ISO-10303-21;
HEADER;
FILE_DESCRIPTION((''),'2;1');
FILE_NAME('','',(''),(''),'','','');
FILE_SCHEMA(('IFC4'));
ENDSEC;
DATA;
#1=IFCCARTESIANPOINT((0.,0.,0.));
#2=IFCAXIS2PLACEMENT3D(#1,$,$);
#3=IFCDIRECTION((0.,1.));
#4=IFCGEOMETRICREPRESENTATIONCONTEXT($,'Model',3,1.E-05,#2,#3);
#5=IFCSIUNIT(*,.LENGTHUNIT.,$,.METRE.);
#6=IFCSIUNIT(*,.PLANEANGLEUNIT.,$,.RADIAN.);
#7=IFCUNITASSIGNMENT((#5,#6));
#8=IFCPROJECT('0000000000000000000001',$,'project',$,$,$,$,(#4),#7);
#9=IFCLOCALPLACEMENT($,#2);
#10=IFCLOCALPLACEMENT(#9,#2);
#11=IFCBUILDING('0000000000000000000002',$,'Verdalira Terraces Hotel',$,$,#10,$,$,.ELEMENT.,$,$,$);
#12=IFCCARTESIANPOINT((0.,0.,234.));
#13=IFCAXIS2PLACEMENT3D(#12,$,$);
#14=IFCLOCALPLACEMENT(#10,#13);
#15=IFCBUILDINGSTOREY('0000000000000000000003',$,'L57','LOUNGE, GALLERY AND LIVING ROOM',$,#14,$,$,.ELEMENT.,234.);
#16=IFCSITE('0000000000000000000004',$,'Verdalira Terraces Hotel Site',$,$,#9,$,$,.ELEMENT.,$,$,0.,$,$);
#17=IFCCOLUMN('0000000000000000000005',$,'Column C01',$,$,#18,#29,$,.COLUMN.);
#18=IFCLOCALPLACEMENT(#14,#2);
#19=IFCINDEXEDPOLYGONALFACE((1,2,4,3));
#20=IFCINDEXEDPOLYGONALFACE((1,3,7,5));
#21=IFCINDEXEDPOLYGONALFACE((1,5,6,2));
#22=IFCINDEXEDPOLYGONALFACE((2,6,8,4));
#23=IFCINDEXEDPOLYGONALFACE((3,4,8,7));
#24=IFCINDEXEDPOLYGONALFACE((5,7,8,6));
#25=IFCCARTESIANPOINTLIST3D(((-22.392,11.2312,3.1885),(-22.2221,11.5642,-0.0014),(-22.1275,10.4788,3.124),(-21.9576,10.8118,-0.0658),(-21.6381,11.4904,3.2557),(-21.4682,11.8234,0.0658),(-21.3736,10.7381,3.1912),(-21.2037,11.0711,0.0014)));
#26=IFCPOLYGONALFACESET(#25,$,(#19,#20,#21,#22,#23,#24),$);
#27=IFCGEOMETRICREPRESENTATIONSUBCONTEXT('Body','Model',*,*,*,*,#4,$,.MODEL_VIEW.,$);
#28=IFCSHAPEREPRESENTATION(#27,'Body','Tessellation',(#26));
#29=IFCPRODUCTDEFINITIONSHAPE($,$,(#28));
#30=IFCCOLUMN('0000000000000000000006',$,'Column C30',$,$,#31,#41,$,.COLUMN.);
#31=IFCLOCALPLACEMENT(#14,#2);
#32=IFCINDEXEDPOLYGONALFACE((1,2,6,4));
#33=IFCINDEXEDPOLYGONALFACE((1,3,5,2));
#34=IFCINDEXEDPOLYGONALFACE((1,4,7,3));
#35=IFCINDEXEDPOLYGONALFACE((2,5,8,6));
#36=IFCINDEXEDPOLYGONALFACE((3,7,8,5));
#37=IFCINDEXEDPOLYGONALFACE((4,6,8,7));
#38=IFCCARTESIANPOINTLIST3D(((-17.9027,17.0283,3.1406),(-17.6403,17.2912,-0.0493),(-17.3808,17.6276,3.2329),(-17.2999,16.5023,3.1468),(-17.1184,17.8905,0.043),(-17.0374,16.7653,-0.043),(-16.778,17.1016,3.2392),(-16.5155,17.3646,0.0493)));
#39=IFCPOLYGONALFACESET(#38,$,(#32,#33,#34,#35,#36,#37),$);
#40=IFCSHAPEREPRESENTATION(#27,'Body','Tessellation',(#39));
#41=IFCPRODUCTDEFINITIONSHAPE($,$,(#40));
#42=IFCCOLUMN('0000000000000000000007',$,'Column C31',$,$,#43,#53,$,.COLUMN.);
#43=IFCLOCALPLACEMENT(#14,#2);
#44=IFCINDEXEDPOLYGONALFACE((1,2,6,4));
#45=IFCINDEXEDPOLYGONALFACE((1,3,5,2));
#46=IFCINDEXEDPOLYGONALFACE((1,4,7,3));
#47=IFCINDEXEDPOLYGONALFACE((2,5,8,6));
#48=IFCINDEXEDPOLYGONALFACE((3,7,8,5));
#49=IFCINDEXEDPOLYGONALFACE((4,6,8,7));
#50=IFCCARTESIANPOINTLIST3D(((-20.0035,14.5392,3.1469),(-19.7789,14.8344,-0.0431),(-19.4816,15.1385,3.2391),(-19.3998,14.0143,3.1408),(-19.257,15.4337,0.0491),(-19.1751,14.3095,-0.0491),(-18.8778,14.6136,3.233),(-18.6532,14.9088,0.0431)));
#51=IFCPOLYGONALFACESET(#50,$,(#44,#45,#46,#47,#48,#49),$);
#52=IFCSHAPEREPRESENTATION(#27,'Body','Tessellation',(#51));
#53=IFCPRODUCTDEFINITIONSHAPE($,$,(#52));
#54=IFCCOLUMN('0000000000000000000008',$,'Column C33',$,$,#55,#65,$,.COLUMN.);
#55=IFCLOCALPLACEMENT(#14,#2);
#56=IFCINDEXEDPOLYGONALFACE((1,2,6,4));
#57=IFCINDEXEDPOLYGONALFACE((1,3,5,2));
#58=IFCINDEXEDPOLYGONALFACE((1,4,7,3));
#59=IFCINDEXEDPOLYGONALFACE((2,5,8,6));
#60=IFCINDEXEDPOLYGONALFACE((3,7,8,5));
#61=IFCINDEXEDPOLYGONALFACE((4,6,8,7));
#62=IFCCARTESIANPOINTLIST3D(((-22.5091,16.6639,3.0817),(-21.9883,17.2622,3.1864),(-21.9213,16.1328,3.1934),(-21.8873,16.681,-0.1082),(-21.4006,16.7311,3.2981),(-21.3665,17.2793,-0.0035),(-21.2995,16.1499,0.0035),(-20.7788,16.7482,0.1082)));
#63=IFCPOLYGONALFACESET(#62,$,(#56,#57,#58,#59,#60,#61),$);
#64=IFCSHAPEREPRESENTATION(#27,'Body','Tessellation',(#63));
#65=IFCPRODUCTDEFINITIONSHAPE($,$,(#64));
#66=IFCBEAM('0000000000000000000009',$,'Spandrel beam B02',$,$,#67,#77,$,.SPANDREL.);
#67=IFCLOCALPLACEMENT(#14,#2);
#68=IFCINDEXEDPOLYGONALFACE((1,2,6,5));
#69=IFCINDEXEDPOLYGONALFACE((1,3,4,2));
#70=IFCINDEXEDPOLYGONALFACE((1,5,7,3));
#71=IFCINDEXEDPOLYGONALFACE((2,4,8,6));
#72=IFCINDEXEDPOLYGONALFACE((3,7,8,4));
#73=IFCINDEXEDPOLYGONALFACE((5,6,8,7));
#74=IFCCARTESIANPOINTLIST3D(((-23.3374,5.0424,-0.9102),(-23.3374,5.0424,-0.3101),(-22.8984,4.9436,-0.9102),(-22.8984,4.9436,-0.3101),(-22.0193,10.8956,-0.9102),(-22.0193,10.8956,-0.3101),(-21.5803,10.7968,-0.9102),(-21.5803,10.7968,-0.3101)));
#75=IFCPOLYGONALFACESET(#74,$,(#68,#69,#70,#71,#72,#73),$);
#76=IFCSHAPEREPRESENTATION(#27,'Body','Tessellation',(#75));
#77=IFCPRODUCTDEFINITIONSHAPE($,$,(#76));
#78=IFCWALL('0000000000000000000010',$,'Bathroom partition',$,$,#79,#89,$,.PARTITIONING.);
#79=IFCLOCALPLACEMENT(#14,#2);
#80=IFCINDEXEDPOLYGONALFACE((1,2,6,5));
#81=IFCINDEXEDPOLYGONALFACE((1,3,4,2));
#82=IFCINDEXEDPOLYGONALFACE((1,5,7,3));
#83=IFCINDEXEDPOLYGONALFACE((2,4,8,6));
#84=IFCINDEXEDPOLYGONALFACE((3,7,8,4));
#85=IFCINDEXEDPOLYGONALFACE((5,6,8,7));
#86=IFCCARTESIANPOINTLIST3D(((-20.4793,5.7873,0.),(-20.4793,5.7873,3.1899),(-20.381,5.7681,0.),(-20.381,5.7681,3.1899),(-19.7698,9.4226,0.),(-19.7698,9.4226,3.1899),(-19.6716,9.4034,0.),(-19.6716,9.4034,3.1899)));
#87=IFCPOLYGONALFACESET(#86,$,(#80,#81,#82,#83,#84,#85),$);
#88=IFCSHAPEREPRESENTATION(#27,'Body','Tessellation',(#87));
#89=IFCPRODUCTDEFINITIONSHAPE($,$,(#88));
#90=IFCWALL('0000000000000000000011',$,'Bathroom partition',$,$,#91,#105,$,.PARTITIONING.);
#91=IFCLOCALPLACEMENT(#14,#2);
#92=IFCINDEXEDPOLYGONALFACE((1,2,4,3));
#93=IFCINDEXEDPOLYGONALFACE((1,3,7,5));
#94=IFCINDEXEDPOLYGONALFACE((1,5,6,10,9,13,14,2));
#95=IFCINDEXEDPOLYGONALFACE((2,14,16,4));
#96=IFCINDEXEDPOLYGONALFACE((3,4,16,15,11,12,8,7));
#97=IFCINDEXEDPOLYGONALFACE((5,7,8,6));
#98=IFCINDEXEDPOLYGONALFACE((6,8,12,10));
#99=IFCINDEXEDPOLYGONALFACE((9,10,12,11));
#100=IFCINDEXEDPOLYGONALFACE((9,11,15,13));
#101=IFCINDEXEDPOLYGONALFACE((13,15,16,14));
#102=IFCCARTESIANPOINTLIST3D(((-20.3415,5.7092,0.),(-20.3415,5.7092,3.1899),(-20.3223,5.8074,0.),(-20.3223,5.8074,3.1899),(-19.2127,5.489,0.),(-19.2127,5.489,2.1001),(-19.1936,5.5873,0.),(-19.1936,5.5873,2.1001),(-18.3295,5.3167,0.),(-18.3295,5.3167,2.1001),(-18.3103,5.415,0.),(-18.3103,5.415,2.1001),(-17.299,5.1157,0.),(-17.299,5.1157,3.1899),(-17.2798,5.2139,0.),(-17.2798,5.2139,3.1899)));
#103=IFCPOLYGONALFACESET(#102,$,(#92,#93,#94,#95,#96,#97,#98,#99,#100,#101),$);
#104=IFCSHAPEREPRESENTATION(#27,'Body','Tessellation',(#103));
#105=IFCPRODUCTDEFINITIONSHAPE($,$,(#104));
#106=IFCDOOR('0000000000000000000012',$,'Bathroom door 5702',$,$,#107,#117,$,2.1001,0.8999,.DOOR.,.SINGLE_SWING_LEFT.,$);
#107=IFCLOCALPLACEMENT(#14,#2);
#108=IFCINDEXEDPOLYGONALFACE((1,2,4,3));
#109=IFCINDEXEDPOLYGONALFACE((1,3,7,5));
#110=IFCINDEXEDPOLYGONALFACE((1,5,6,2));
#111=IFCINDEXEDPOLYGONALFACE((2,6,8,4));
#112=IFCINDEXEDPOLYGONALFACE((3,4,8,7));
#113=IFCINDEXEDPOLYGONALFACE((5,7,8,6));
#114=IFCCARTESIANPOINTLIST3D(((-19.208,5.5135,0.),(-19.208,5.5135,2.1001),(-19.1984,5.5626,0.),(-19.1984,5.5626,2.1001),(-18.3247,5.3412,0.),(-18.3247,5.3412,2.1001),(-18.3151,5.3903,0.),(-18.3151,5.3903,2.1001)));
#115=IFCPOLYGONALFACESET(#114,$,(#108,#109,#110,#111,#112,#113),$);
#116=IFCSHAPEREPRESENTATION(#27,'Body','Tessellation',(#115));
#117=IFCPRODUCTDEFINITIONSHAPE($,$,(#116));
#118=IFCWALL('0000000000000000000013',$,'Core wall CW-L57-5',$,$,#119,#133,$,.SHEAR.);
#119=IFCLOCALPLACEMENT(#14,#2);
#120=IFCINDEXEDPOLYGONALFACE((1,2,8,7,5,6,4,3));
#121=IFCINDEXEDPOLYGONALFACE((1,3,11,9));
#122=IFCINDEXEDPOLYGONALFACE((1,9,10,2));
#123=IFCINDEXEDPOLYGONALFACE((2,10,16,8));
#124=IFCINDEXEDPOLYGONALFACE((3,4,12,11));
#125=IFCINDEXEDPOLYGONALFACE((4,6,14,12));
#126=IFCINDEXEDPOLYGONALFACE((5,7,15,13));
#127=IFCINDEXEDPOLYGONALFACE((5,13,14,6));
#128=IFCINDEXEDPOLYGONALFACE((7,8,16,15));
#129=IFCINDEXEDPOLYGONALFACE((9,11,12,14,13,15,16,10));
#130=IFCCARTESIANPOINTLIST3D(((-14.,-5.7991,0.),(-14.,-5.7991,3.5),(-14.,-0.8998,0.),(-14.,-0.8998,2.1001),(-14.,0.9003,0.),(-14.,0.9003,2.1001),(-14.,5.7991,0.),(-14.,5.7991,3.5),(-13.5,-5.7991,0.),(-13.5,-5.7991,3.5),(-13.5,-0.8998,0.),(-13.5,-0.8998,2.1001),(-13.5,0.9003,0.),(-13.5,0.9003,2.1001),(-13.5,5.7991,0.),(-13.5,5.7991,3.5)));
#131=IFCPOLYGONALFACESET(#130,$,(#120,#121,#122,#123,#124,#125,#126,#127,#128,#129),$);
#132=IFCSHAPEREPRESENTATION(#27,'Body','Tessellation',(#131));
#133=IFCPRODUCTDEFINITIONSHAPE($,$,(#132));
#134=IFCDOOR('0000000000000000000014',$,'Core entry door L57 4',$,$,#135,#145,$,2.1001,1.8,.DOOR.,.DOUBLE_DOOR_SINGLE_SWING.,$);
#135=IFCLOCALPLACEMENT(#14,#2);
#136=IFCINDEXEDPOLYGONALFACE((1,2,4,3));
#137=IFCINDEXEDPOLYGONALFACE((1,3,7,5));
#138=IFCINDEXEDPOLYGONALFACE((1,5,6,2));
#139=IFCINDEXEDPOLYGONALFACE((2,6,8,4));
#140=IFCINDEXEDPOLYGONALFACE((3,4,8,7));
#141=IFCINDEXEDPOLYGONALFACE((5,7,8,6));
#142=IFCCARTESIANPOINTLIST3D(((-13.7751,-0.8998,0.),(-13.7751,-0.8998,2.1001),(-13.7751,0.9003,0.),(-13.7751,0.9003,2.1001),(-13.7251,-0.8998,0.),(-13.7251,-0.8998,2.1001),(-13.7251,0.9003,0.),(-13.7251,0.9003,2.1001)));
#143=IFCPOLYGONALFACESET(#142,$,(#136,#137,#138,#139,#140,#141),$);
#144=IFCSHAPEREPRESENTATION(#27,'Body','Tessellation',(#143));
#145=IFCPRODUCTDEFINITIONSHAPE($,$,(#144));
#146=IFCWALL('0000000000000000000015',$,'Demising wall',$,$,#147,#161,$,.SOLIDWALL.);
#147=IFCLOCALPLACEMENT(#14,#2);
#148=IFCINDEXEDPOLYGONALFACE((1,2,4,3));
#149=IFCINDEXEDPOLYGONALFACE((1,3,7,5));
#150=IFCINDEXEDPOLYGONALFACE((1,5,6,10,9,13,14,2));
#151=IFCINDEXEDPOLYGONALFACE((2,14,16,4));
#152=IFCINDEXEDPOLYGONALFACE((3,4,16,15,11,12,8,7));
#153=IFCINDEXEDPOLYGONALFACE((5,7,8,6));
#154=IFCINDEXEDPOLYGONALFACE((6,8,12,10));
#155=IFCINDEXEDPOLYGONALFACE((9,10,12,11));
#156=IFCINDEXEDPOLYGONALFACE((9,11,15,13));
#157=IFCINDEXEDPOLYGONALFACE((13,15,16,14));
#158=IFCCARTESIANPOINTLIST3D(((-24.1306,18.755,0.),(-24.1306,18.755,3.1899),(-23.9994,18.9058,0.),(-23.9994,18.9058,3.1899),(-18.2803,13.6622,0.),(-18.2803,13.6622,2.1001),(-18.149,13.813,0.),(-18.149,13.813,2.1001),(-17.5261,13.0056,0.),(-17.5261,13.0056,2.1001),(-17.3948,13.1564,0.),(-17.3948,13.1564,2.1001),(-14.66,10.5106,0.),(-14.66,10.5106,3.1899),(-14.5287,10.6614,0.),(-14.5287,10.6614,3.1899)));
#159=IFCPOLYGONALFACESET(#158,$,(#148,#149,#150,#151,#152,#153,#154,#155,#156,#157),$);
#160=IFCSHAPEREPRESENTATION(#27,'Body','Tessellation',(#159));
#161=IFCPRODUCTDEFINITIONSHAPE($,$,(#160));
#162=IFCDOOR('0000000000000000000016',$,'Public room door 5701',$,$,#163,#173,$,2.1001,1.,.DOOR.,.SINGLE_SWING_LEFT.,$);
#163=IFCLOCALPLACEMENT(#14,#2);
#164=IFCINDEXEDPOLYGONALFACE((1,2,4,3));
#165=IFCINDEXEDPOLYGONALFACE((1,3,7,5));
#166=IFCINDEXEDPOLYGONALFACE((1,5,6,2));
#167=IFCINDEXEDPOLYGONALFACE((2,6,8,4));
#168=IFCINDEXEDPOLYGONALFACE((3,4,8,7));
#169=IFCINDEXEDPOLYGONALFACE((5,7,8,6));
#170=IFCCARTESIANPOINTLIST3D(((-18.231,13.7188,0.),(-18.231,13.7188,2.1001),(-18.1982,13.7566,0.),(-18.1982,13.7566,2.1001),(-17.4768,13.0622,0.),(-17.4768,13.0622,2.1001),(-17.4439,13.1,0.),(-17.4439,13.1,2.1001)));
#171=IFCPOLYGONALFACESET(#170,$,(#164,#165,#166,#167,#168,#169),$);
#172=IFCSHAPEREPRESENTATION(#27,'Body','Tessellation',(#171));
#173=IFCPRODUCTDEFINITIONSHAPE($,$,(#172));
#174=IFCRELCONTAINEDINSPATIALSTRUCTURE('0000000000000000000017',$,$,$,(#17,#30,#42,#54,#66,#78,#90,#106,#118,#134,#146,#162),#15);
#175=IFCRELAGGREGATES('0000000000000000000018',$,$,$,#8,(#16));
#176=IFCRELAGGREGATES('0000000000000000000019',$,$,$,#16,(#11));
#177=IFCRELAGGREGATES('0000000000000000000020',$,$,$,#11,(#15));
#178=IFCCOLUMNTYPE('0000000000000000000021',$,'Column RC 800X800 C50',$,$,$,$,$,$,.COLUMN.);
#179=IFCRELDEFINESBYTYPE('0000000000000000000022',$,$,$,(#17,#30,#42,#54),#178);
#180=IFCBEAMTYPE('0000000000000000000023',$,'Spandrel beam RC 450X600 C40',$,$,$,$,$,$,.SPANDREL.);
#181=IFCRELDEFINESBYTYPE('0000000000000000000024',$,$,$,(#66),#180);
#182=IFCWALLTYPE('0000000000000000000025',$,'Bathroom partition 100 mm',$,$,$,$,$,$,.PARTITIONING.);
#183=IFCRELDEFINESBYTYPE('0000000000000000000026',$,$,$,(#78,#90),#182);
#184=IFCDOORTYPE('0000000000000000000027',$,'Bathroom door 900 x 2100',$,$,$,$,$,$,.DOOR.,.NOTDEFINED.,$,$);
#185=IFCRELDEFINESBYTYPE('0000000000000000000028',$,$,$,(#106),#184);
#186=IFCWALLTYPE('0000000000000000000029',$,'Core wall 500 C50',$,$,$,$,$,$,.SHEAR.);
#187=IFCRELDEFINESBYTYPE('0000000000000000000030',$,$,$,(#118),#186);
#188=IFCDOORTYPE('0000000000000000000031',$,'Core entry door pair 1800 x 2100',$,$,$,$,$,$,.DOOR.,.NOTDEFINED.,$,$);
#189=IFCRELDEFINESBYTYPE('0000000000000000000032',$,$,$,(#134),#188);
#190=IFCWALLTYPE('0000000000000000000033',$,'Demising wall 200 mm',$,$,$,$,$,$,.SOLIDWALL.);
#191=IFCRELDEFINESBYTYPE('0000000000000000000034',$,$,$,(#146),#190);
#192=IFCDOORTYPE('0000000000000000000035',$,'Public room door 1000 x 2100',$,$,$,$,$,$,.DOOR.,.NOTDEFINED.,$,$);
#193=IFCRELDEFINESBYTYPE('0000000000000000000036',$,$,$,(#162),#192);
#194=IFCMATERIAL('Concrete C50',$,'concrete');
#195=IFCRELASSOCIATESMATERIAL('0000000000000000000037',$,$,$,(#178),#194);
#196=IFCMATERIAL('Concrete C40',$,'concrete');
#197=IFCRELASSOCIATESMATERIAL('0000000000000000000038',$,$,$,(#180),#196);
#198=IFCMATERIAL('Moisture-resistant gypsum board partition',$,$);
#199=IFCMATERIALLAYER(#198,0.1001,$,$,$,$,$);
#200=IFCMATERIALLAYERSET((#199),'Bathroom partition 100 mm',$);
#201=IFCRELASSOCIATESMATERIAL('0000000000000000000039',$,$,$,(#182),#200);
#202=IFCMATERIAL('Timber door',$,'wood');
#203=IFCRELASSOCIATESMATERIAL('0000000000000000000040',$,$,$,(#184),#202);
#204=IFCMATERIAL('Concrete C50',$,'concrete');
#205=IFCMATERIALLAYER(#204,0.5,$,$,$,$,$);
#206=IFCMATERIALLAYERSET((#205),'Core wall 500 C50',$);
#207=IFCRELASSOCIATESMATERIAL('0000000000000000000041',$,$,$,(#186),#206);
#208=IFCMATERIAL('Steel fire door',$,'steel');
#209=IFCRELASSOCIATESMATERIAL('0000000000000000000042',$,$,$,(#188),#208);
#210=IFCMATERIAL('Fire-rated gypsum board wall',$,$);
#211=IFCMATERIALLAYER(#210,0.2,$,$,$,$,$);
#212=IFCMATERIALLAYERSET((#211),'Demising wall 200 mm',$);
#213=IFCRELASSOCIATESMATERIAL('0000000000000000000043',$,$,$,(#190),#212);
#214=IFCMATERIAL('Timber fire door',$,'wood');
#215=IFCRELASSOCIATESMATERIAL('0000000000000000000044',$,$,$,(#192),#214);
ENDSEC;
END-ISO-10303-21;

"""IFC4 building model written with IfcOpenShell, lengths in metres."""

from ifc_helpers import new_model, si_unit, direction, frame, frame_2d, origin, origin_2d, place, context, subcontext, project, spatial, rectangle, extrude, material, layer, layer_set, material_profile, profile_set, type_object, element, fill, save


model = new_model("IFC4")

# Units and contexts
model_context = context("Model", 3, precision=1e-05, world=origin(), true_north=direction((0.0, 1.0)))
body_context = subcontext(model_context, "Body", "Model", "MODEL_VIEW")
ifc_project = project(units=[si_unit("LENGTHUNIT", "METRE"), si_unit("PLANEANGLEUNIT", "RADIAN")], contexts=[model_context])

# Site, building, storey
site_placement = place(None, origin())
site = spatial("IfcSite", under=ifc_project, at=site_placement, Name="Verdalira Terraces Hotel Site", CompositionType="ELEMENT", RefElevation=0.0)
building_placement = place(site_placement, origin())
building = spatial("IfcBuilding", under=site, at=building_placement, Name="Verdalira Terraces Hotel", CompositionType="ELEMENT")
storey_placement = place(building_placement, frame((0.0, 0.0, 234.0)))
storey = spatial("IfcBuildingStorey", under=building, at=storey_placement, Name="L57", Description="LOUNGE, GALLERY AND LIVING ROOM", CompositionType="ELEMENT", Elevation=234.0)

# Columns
ifc_material_1 = material(Name="Concrete C50", Category="concrete")
ifc_material_profile_1 = material_profile(ifc_material_1, rectangle(XDim=0.8, YDim=0.8, at=origin_2d()), Name="RC 800X800")
ifc_profile_set_1 = profile_set([ifc_material_profile_1], Name="Concrete C50")
column_type = type_object("IfcColumnType", Name="Column RC 800X800 C50", PredefinedType="COLUMN", material=ifc_profile_set_1)
column_1_placement = place(storey_placement, frame((-21.7129, 11.3176, 0.0), z_axis=(-0.052906, -0.103683, 0.993202), x_axis=(-0.330545, 0.940346, 0.080558)))
element("IfcColumn", 1, at=column_1_placement, inside=storey, type_object=column_type, Name="Column C01", PredefinedType="COLUMN", context=body_context, shape_type="SweptSolid", body=[
    extrude(rectangle(XDim=0.8, YDim=0.8, at=origin_2d()), origin(), (0.0, 0.0, 1.0), 3.2117),
])
for number, where, z_axis, x_axis, name in (
    (2, (-17.0779, 17.3279, 0.0), (-0.081722, -0.081874, 0.993287), (-0.753511, 0.657389, -0.007808), "Column C30"),
    (3, (-19.2161, 14.8716, 0.0), (-0.069941, -0.091911, 0.993308), (-0.754662, 0.65607, 0.007569), "Column C31"),
):
    element("IfcColumn", number, at=place(storey_placement, frame(where, z_axis=z_axis, x_axis=x_axis)), inside=storey, type_object=column_type, Name=name, PredefinedType="COLUMN", context=body_context, shape_type="SweptSolid", body=[
        extrude(rectangle(XDim=0.8, YDim=0.8, at=origin_2d()), origin(), (0.0, 0.0, 1.0), 3.2114),
    ])
column_2_placement = place(storey_placement, frame((-21.333, 16.7146, 0.0), z_axis=(-0.191329, -0.005258, 0.981512), x_axis=(-0.734677, 0.663887, -0.139656)))
element("IfcColumn", 4, at=column_2_placement, inside=storey, type_object=column_type, Name="Column C33", PredefinedType="COLUMN", context=body_context, shape_type="SweptSolid", body=[
    extrude(rectangle(XDim=0.8, YDim=0.8, at=origin_2d()), origin(), (0.0, 0.0, 1.0), 3.25),
])

# Beam
ifc_material_2 = material(Name="Concrete C40", Category="concrete")
ifc_material_profile_2 = material_profile(ifc_material_2, rectangle(XDim=0.45, YDim=0.6001, at=origin_2d()), Name="RC 450X600")
ifc_profile_set_2 = profile_set([ifc_material_profile_2], Name="Concrete C40")
beam_type = type_object("IfcBeamType", Name="Spandrel beam RC 450X600 C40", PredefinedType="SPANDREL", material=ifc_profile_set_2)
beam_placement = place(storey_placement, frame((-21.7998, 10.8462, -0.6101), z_axis=(-0.219691, -0.975569, 0.0), x_axis=(0.975569, -0.219691, 0.0)))
element("IfcBeam", 5, at=beam_placement, inside=storey, type_object=beam_type, Name="Spandrel beam B02", PredefinedType="SPANDREL", context=body_context, shape_type="SweptSolid", body=[
    extrude(rectangle(XDim=0.45, YDim=0.6001, at=origin_2d()), origin(), (0.0, 0.0, 1.0), 5.9998),
])

# Wall
ifc_material_3 = material(Name="Moisture-resistant gypsum board partition")
ifc_layer_1 = layer(ifc_material_3, 0.1001)
ifc_layer_set_1 = layer_set([ifc_layer_1], Name="Bathroom partition 100 mm")
wall_type_1 = type_object("IfcWallType", Name="Bathroom partition 100 mm", PredefinedType="PARTITIONING", material=ifc_layer_set_1)
wall_1_placement = place(storey_placement, frame((-20.4302, 5.7776, 0.0), z_axis=(0.0, 0.0, 1.0), x_axis=(0.191551, 0.981483, 0.0)))
element("IfcWall", 6, at=wall_1_placement, inside=storey, type_object=wall_type_1, Name="Bathroom partition", PredefinedType="PARTITIONING", context=body_context, shape_type="SweptSolid", body=[
    extrude(rectangle(XDim=3.7039, YDim=0.1001, at=frame_2d((1.8521, 0.0))), origin(), (0.0, 0.0, 1.0), 3.1899),
])

# Walls, openings, doors
wall_2_placement = place(storey_placement, frame((-20.3318, 5.7583, 0.0), z_axis=(0.0, 0.0, 1.0), x_axis=(0.9815, -0.191464, 0.0)))
wall_2 = element("IfcWall", 7, at=wall_2_placement, inside=storey, type_object=wall_type_1, Name="Bathroom partition", PredefinedType="PARTITIONING", context=body_context, shape_type="SweptSolid", body=[
    extrude(rectangle(XDim=3.0999, YDim=0.1001, at=frame_2d((1.5498, 0.0))), origin(), (0.0, 0.0, 1.0), 3.1899),
])
opening_1_placement = place(wall_2_placement, frame((1.1499, 0.0, 0.0)))
opening_1 = element("IfcOpeningElement", 8, at=opening_1_placement, cuts=wall_2, PredefinedType="OPENING", context=body_context, shape_type="SweptSolid", body=[
    extrude(rectangle(XDim=0.8999, YDim=2.1001, at=frame_2d((0.45, 1.05))), frame((0.0, 0.0601, 0.0), z_axis=(0.0, -1.0, 0.0), x_axis=(1.0, 0.0, 0.0)), (0.0, 0.0, 1.0), 0.1201),
])
ifc_material_4 = material(Name="Timber door", Category="wood")
door_type_1 = type_object("IfcDoorType", Name="Bathroom door 900 x 2100", OperationType="NOTDEFINED", PredefinedType="DOOR", material=ifc_material_4)
door_1_placement = place(opening_1_placement, origin())
door_1 = element("IfcDoor", 9, at=door_1_placement, inside=storey, type_object=door_type_1, Name="Bathroom door 5702", OperationType="SINGLE_SWING_LEFT", OverallHeight=2.1001, OverallWidth=0.8999, PredefinedType="DOOR", context=body_context, shape_type="SweptSolid", body=[
    extrude(rectangle(XDim=0.8999, YDim=2.1001, at=frame_2d((0.45, 1.05))), frame((0.0, 0.0249, 0.0), z_axis=(0.0, -1.0, 0.0), x_axis=(1.0, 0.0, 0.0)), (0.0, 0.0, 1.0), 0.05),
])
fill(opening_1, door_1)
ifc_material_5 = material(Name="Concrete C50", Category="concrete")
ifc_layer_2 = layer(ifc_material_5, 0.5)
ifc_layer_set_2 = layer_set([ifc_layer_2], Name="Core wall 500 C50")
wall_type_2 = type_object("IfcWallType", Name="Core wall 500 C50", PredefinedType="SHEAR", material=ifc_layer_set_2)
wall_3_placement = place(storey_placement, frame((-13.75, 5.7991, 0.0), z_axis=(0.0, 0.0, 1.0), x_axis=(0.0, -1.0, 0.0)))
wall_3 = element("IfcWall", 10, at=wall_3_placement, inside=storey, type_object=wall_type_2, Name="Core wall CW-L57-5", PredefinedType="SHEAR", context=body_context, shape_type="SweptSolid", body=[
    extrude(rectangle(XDim=11.5981, YDim=0.5, at=frame_2d((5.7991, 0.0))), origin(), (0.0, 0.0, 1.0), 3.5),
])
opening_2_placement = place(wall_3_placement, frame((4.8989, 0.0, 0.0)))
opening_2 = element("IfcOpeningElement", 11, at=opening_2_placement, cuts=wall_3, PredefinedType="OPENING", context=body_context, shape_type="SweptSolid", body=[
    extrude(rectangle(XDim=1.8, YDim=2.1001, at=frame_2d((0.8999, 1.05))), frame((0.0, 0.26, 0.0), z_axis=(0.0, -1.0, 0.0), x_axis=(1.0, 0.0, 0.0)), (0.0, 0.0, 1.0), 0.52),
])
ifc_material_6 = material(Name="Steel fire door", Category="steel")
door_type_2 = type_object("IfcDoorType", Name="Core entry door pair 1800 x 2100", OperationType="NOTDEFINED", PredefinedType="DOOR", material=ifc_material_6)
door_2_placement = place(opening_2_placement, origin())
door_2 = element("IfcDoor", 12, at=door_2_placement, inside=storey, type_object=door_type_2, Name="Core entry door L57 4", OperationType="DOUBLE_DOOR_SINGLE_SWING", OverallHeight=2.1001, OverallWidth=1.8, PredefinedType="DOOR", context=body_context, shape_type="SweptSolid", body=[
    extrude(rectangle(XDim=1.8, YDim=2.1001, at=frame_2d((0.8999, 1.05))), frame((0.0, 0.0249, 0.0), z_axis=(0.0, -1.0, 0.0), x_axis=(1.0, 0.0, 0.0)), (0.0, 0.0, 1.0), 0.05),
])
fill(opening_2, door_2)
ifc_material_7 = material(Name="Fire-rated gypsum board wall")
ifc_layer_3 = layer(ifc_material_7, 0.2)
ifc_layer_set_3 = layer_set([ifc_layer_3], Name="Demising wall 200 mm")
wall_type_3 = type_object("IfcWallType", Name="Demising wall 200 mm", PredefinedType="SOLIDWALL", material=ifc_layer_set_3)
wall_4_placement = place(storey_placement, frame((-14.5942, 10.5859, 0.0), z_axis=(0.0, 0.0, 1.0), x_axis=(-0.754251, 0.656586, 0.0)))
wall_4 = element("IfcWall", 13, at=wall_4_placement, inside=storey, type_object=wall_type_3, Name="Demising wall", PredefinedType="SOLIDWALL", context=body_context, shape_type="SweptSolid", body=[
    extrude(rectangle(XDim=12.5564, YDim=0.2, at=frame_2d((6.2783, 0.0))), origin(), (0.0, 0.0, 1.0), 3.1899),
])
opening_3_placement = place(wall_4_placement, frame((3.8, 0.0, 0.0)))
opening_3 = element("IfcOpeningElement", 14, at=opening_3_placement, cuts=wall_4, PredefinedType="OPENING", context=body_context, shape_type="SweptSolid", body=[
    extrude(rectangle(XDim=1.0, YDim=2.1001, at=frame_2d((0.5, 1.05))), frame((0.0, 0.1099, 0.0), z_axis=(0.0, -1.0, 0.0), x_axis=(1.0, 0.0, 0.0)), (0.0, 0.0, 1.0), 0.22),
])
ifc_material_8 = material(Name="Timber fire door", Category="wood")
door_type_3 = type_object("IfcDoorType", Name="Public room door 1000 x 2100", OperationType="NOTDEFINED", PredefinedType="DOOR", material=ifc_material_8)
door_3_placement = place(opening_3_placement, origin())
door_3 = element("IfcDoor", 15, at=door_3_placement, inside=storey, type_object=door_type_3, Name="Public room door 5701", OperationType="SINGLE_SWING_LEFT", OverallHeight=2.1001, OverallWidth=1.0, PredefinedType="DOOR", context=body_context, shape_type="SweptSolid", body=[
    extrude(rectangle(XDim=1.0, YDim=2.1001, at=frame_2d((0.5, 1.05))), frame((0.0, 0.0249, 0.0), z_axis=(0.0, -1.0, 0.0), x_axis=(1.0, 0.0, 0.0)), (0.0, 0.0, 1.0), 0.05),
])
fill(opening_3, door_3)

save(model, "model.ifc")
